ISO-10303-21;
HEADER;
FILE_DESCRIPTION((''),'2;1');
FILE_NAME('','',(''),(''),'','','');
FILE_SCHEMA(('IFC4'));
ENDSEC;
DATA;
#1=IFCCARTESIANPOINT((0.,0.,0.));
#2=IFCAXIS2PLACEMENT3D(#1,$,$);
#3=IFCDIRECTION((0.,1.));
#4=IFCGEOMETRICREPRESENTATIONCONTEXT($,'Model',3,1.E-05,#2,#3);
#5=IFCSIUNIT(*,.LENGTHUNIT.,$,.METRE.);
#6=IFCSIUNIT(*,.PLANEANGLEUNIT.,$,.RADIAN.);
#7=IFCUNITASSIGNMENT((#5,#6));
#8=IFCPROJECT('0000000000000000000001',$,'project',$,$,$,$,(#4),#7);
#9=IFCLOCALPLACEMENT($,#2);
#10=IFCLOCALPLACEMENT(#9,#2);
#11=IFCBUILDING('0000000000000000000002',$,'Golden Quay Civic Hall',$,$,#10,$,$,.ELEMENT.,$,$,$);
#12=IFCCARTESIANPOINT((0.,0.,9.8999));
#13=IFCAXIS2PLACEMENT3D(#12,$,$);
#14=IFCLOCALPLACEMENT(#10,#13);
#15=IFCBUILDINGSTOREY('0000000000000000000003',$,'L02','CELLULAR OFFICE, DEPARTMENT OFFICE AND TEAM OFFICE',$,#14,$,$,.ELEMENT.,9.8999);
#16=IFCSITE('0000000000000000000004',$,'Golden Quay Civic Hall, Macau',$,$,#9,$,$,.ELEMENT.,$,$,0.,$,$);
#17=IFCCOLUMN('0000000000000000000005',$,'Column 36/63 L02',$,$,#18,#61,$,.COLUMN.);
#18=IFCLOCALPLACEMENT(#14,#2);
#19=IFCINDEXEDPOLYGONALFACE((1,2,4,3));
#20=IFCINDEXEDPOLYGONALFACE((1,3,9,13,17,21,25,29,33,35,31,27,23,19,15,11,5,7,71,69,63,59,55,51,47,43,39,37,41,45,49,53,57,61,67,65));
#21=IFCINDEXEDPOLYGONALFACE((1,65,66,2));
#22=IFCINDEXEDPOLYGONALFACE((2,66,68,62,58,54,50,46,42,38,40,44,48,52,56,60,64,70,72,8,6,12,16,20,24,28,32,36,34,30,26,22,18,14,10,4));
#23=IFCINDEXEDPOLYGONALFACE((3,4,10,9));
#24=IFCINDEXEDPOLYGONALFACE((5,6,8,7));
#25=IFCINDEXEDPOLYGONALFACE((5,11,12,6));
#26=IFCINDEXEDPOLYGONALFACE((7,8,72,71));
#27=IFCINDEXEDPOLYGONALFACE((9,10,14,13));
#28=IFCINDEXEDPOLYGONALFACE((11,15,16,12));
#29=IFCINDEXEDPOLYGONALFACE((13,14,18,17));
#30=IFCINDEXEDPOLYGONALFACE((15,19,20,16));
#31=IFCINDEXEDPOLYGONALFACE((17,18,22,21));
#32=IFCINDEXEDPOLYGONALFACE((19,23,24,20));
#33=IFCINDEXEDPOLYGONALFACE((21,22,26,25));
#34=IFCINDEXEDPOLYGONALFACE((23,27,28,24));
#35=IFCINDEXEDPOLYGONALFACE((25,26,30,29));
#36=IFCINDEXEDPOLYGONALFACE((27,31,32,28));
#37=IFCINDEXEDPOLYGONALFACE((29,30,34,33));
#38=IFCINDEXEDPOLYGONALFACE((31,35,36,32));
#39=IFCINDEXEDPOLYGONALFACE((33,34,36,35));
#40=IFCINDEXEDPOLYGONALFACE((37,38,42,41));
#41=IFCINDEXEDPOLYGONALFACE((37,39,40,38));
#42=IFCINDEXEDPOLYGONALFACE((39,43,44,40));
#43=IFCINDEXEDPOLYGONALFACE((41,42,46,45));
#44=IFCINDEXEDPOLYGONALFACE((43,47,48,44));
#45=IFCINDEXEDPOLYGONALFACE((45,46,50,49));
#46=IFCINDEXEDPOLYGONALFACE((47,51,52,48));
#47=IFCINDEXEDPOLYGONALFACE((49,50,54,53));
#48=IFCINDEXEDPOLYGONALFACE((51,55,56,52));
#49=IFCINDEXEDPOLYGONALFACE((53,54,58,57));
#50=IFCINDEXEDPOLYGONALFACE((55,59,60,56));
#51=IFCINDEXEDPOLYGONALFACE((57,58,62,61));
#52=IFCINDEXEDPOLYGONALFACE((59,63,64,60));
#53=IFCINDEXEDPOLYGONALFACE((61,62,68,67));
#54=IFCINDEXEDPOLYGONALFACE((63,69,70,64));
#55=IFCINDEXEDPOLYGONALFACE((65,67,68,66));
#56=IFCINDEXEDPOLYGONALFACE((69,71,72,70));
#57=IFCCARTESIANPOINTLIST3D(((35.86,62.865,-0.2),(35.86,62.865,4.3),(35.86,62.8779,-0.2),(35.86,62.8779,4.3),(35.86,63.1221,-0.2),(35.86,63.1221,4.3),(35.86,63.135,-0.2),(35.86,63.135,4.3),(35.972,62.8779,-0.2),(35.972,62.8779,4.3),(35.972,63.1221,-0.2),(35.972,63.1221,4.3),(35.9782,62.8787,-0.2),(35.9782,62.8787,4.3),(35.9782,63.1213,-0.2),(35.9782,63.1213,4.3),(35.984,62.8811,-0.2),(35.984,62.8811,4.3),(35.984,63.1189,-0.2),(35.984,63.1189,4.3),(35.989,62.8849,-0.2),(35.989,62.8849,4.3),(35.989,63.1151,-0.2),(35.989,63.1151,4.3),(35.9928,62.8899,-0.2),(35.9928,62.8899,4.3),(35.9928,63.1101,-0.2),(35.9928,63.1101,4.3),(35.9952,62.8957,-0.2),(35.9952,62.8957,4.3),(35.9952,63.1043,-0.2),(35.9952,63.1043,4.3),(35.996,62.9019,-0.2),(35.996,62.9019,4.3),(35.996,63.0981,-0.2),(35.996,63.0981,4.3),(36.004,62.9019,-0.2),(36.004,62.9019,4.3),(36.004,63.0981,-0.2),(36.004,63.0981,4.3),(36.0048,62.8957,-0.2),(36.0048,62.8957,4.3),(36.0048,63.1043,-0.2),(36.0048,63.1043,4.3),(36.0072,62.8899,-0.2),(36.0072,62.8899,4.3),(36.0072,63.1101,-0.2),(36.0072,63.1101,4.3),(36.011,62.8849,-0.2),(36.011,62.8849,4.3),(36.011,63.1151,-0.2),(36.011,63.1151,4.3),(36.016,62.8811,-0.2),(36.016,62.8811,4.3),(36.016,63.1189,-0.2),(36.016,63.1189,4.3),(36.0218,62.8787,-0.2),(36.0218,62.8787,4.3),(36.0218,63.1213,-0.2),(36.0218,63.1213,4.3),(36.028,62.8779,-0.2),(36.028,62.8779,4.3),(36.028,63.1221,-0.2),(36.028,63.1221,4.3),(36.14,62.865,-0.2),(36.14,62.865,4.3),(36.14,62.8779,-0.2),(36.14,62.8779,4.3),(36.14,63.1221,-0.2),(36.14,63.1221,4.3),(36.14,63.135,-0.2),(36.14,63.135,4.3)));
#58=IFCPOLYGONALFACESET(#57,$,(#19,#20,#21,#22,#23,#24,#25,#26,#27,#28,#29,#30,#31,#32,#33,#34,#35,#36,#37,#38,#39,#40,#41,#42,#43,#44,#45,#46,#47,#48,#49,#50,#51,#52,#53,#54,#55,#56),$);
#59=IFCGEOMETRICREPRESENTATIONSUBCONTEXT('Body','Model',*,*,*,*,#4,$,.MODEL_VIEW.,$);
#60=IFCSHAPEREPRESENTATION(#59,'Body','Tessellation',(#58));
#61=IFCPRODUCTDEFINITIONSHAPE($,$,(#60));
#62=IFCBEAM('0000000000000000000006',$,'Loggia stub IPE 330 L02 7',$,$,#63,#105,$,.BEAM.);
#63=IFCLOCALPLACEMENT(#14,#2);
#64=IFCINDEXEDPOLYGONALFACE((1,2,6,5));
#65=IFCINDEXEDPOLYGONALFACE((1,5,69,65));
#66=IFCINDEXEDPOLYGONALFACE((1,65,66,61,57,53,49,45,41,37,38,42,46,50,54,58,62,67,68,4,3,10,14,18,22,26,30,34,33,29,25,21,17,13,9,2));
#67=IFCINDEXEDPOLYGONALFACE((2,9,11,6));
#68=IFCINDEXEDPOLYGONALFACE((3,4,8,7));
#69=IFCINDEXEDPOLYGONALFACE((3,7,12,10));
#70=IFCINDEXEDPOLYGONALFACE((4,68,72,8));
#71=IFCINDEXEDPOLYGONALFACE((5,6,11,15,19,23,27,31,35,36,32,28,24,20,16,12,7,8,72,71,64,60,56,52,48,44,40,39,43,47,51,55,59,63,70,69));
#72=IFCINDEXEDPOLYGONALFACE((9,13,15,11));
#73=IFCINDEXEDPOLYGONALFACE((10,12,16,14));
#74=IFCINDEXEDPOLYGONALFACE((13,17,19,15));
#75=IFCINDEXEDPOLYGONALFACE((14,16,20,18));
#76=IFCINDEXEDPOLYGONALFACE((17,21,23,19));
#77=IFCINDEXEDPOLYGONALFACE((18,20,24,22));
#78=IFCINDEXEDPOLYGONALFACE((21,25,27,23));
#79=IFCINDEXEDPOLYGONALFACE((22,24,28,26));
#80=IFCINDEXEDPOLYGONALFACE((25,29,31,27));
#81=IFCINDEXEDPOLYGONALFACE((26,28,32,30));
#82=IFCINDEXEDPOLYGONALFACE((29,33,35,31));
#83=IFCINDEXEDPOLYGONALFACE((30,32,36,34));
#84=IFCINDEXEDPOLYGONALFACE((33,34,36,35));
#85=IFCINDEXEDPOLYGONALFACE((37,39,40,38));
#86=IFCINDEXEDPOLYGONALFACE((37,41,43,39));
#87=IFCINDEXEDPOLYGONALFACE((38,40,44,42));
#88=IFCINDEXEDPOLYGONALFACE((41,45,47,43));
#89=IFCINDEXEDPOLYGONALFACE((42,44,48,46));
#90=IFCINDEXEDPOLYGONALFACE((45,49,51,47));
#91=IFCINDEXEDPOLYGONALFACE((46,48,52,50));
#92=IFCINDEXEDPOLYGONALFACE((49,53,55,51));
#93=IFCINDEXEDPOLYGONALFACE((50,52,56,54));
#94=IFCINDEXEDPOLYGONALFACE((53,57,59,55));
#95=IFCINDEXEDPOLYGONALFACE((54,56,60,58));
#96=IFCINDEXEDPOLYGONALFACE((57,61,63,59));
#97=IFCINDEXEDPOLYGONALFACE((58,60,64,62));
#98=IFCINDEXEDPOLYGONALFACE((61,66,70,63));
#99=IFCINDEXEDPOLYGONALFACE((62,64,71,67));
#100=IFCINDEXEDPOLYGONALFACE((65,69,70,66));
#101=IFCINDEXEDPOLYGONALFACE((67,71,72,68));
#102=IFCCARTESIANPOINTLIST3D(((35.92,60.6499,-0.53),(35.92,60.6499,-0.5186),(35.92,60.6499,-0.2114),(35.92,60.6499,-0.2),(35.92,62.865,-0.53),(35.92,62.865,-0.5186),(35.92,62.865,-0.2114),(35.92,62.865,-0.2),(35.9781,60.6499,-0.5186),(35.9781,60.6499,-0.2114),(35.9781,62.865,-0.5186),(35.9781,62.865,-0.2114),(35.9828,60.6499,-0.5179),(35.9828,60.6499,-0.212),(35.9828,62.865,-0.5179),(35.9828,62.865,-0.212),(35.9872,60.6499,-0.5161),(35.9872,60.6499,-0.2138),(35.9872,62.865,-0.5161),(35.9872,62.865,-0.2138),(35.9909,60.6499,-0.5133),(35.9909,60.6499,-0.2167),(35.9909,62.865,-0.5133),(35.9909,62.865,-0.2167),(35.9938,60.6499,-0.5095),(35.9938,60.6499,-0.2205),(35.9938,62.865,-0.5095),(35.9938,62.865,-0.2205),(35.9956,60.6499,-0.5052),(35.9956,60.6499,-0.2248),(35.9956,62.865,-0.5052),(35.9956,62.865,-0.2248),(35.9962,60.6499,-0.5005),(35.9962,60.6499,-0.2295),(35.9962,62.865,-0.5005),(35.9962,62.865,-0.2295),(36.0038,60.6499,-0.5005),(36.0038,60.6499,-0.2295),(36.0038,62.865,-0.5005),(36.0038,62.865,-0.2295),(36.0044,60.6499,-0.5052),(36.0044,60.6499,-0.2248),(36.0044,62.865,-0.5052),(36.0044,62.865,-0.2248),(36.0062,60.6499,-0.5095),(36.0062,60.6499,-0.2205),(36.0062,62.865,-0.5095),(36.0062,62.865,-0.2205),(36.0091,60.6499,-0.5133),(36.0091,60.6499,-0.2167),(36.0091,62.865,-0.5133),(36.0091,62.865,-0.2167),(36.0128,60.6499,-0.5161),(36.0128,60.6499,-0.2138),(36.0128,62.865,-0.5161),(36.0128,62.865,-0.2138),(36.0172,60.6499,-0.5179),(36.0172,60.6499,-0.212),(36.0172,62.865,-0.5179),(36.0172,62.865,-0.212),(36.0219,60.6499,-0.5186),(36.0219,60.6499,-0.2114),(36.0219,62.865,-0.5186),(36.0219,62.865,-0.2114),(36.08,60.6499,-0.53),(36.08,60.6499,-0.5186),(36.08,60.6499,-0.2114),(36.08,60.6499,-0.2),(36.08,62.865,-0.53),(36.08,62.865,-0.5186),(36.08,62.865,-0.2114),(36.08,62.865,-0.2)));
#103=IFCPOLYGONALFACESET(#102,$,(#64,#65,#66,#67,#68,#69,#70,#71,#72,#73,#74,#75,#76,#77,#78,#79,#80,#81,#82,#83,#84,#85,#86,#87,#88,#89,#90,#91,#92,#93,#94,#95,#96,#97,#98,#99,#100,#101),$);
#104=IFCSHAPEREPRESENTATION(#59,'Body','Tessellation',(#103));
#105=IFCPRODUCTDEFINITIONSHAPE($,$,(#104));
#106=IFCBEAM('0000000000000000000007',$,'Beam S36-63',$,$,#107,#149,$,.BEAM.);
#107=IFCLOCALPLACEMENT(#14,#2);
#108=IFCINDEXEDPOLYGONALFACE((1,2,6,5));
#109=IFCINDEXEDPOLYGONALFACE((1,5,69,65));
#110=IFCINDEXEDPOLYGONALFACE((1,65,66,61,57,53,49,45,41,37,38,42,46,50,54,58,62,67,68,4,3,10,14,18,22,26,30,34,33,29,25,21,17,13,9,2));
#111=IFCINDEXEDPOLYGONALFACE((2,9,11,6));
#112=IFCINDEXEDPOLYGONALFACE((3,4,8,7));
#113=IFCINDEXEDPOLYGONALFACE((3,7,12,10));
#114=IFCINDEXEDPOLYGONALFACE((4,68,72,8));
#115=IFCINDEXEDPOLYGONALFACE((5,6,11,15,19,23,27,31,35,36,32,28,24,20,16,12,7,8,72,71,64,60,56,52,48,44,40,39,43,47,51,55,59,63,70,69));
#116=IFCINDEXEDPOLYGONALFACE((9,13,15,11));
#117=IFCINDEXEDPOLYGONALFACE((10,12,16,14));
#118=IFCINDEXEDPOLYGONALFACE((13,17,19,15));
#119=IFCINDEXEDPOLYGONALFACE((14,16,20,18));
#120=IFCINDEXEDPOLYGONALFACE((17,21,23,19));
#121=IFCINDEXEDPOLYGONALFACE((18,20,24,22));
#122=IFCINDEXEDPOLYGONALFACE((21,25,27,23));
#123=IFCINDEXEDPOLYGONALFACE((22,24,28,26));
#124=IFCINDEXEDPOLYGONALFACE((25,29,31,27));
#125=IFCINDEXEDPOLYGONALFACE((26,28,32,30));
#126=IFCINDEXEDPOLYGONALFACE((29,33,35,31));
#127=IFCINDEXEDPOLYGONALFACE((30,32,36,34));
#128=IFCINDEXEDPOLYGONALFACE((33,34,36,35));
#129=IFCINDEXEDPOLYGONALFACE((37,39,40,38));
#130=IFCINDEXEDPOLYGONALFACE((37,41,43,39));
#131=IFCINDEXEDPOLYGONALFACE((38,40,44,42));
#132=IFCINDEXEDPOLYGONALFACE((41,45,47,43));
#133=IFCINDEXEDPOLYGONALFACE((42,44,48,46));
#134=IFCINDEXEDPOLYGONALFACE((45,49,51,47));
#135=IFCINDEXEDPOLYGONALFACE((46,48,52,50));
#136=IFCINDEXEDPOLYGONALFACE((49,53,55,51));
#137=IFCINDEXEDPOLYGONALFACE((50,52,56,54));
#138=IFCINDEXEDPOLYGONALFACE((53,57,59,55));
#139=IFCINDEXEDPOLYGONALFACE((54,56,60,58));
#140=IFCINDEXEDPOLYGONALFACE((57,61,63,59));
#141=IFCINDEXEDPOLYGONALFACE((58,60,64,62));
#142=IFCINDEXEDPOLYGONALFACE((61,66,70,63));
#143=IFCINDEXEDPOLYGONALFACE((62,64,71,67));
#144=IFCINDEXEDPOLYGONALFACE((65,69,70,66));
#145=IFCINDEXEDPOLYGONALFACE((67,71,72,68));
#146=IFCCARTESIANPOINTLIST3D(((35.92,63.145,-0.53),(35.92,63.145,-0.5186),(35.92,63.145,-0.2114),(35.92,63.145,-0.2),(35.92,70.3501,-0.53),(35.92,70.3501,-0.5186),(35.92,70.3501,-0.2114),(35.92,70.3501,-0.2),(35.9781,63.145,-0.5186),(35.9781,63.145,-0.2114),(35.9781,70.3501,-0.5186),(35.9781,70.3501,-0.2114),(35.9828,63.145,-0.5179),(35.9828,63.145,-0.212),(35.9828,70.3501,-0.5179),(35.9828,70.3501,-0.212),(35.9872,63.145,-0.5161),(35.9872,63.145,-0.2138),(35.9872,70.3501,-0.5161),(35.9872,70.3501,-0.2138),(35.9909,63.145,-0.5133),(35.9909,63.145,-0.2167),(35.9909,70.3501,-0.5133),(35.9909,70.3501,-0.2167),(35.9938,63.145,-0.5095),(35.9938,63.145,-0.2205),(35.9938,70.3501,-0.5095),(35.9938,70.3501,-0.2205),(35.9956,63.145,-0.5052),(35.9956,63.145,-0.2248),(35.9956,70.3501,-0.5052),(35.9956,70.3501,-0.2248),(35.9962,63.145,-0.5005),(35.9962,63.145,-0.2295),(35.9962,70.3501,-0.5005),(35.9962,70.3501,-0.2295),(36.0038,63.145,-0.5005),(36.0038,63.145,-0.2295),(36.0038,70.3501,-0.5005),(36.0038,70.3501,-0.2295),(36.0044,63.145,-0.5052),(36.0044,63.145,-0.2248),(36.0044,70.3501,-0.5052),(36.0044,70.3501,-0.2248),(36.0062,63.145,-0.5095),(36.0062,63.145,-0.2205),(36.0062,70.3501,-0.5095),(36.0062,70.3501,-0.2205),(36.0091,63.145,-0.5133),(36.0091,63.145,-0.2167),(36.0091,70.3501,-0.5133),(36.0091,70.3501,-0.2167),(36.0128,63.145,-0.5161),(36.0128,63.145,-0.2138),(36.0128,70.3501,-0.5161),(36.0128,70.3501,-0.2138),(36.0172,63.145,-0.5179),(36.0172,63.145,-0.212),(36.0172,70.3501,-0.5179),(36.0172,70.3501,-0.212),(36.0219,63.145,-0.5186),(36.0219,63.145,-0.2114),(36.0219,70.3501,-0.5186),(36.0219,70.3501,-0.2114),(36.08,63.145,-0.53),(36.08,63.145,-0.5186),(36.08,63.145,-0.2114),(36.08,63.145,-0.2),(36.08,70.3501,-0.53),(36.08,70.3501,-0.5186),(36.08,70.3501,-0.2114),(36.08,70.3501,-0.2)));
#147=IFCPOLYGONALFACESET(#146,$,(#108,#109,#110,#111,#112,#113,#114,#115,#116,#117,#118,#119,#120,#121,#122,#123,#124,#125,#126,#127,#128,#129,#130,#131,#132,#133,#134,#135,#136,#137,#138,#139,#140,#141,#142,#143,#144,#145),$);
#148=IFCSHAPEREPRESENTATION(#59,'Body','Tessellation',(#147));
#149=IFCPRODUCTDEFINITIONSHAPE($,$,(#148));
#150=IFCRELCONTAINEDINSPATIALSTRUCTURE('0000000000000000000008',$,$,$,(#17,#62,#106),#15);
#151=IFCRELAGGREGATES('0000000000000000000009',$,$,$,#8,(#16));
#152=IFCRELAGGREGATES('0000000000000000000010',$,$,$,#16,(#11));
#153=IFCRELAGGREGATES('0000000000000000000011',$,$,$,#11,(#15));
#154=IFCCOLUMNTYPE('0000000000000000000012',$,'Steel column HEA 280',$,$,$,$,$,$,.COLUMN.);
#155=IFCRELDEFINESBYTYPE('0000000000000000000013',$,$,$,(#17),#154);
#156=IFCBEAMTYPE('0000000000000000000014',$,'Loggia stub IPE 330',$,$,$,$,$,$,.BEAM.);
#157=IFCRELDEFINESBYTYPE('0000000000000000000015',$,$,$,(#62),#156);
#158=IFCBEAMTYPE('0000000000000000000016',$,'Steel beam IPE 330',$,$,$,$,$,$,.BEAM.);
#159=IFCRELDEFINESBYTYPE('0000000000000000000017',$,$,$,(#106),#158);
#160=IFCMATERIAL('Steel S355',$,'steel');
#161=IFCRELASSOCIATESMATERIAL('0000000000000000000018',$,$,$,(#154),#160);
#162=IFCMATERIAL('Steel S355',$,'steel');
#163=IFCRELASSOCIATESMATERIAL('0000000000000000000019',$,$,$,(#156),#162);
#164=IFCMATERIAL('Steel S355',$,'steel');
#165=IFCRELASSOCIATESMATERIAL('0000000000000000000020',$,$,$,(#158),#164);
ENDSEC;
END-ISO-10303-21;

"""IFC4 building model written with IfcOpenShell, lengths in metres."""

from ifc_helpers import new_model, si_unit, direction, frame, origin, origin_2d, place, context, subcontext, project, spatial, i_section, extrude, material, material_profile, profile_set, type_object, element, save


model = new_model("IFC4")

# Units and contexts
model_context = context("Model", 3, precision=1e-05, world=origin(), true_north=direction((0.0, 1.0)))
body_context = subcontext(model_context, "Body", "Model", "MODEL_VIEW")
ifc_project = project(units=[si_unit("LENGTHUNIT", "METRE"), si_unit("PLANEANGLEUNIT", "RADIAN")], contexts=[model_context])

# Site, building, storey
site_placement = place(None, origin())
site = spatial("IfcSite", under=ifc_project, at=site_placement, Name="Golden Quay Civic Hall, Macau", CompositionType="ELEMENT", RefElevation=0.0)
building_placement = place(site_placement, origin())
building = spatial("IfcBuilding", under=site, at=building_placement, Name="Golden Quay Civic Hall", CompositionType="ELEMENT")
storey_placement = place(building_placement, frame((0.0, 0.0, 9.8999)))
storey = spatial("IfcBuildingStorey", under=building, at=storey_placement, Name="L02", Description="CELLULAR OFFICE, DEPARTMENT OFFICE AND TEAM OFFICE", CompositionType="ELEMENT", Elevation=9.8999)

# Column
ifc_material_1 = material(Name="Steel S355", Category="steel")
ifc_material_profile_1 = material_profile(ifc_material_1, i_section(OverallWidth=0.28, OverallDepth=0.27, WebThickness=0.0081, FlangeThickness=0.0129, FilletRadius=0.0239, at=origin_2d()), Name="HEA 280")
ifc_profile_set_1 = profile_set([ifc_material_profile_1], Name="Steel S355")
column_type = type_object("IfcColumnType", Name="Steel column HEA 280", PredefinedType="COLUMN", material=ifc_profile_set_1)
column_placement = place(storey_placement, frame((36.0, 63.0, -0.2), z_axis=(0.0, 0.0, 1.0), x_axis=(1.0, 0.0, 0.0)))
element("IfcColumn", 1, at=column_placement, inside=storey, type_object=column_type, Name="Column 36/63 L02", PredefinedType="COLUMN", context=body_context, shape_type="SweptSolid", body=[
    extrude(i_section(OverallWidth=0.28, OverallDepth=0.27, WebThickness=0.0081, FlangeThickness=0.0129, FilletRadius=0.0239, at=origin_2d()), origin(), (0.0, 0.0, 1.0), 4.5),
])

# Beams
ifc_material_2 = material(Name="Steel S355", Category="steel")
ifc_material_profile_2 = material_profile(ifc_material_2, i_section(OverallWidth=0.1599, OverallDepth=0.3301, WebThickness=0.0076, FlangeThickness=0.0115, FilletRadius=0.0181, at=origin_2d()), Name="IPE 330")
ifc_profile_set_2 = profile_set([ifc_material_profile_2], Name="Steel S355")
beam_type_1 = type_object("IfcBeamType", Name="Loggia stub IPE 330", PredefinedType="BEAM", material=ifc_profile_set_2)
beam_1_placement = place(storey_placement, frame((36.0, 62.865, -0.365), z_axis=(0.0, -1.0, 0.0), x_axis=(1.0, 0.0, 0.0)))
element("IfcBeam", 2, at=beam_1_placement, inside=storey, type_object=beam_type_1, Name="Loggia stub IPE 330 L02 7", PredefinedType="BEAM", context=body_context, shape_type="SweptSolid", body=[
    extrude(i_section(OverallWidth=0.1599, OverallDepth=0.3301, WebThickness=0.0076, FlangeThickness=0.0115, FilletRadius=0.0181, at=origin_2d()), origin(), (0.0, 0.0, 1.0), 2.2151),
])
ifc_material_3 = material(Name="Steel S355", Category="steel")
ifc_material_profile_3 = material_profile(ifc_material_3, i_section(OverallWidth=0.1599, OverallDepth=0.3301, WebThickness=0.0076, FlangeThickness=0.0115, FilletRadius=0.0181, at=origin_2d()), Name="IPE 330")
ifc_profile_set_3 = profile_set([ifc_material_profile_3], Name="Steel S355")
beam_type_2 = type_object("IfcBeamType", Name="Steel beam IPE 330", PredefinedType="BEAM", material=ifc_profile_set_3)
beam_2_placement = place(storey_placement, frame((36.0, 63.145, -0.365), z_axis=(0.0, 1.0, 0.0), x_axis=(-1.0, 0.0, 0.0)))
element("IfcBeam", 3, at=beam_2_placement, inside=storey, type_object=beam_type_2, Name="Beam S36-63", PredefinedType="BEAM", context=body_context, shape_type="SweptSolid", body=[
    extrude(i_section(OverallWidth=0.1599, OverallDepth=0.3301, WebThickness=0.0076, FlangeThickness=0.0115, FilletRadius=0.0181, at=origin_2d()), origin(), (0.0, 0.0, 1.0), 7.2051),
])

save(model, "model.ifc")
